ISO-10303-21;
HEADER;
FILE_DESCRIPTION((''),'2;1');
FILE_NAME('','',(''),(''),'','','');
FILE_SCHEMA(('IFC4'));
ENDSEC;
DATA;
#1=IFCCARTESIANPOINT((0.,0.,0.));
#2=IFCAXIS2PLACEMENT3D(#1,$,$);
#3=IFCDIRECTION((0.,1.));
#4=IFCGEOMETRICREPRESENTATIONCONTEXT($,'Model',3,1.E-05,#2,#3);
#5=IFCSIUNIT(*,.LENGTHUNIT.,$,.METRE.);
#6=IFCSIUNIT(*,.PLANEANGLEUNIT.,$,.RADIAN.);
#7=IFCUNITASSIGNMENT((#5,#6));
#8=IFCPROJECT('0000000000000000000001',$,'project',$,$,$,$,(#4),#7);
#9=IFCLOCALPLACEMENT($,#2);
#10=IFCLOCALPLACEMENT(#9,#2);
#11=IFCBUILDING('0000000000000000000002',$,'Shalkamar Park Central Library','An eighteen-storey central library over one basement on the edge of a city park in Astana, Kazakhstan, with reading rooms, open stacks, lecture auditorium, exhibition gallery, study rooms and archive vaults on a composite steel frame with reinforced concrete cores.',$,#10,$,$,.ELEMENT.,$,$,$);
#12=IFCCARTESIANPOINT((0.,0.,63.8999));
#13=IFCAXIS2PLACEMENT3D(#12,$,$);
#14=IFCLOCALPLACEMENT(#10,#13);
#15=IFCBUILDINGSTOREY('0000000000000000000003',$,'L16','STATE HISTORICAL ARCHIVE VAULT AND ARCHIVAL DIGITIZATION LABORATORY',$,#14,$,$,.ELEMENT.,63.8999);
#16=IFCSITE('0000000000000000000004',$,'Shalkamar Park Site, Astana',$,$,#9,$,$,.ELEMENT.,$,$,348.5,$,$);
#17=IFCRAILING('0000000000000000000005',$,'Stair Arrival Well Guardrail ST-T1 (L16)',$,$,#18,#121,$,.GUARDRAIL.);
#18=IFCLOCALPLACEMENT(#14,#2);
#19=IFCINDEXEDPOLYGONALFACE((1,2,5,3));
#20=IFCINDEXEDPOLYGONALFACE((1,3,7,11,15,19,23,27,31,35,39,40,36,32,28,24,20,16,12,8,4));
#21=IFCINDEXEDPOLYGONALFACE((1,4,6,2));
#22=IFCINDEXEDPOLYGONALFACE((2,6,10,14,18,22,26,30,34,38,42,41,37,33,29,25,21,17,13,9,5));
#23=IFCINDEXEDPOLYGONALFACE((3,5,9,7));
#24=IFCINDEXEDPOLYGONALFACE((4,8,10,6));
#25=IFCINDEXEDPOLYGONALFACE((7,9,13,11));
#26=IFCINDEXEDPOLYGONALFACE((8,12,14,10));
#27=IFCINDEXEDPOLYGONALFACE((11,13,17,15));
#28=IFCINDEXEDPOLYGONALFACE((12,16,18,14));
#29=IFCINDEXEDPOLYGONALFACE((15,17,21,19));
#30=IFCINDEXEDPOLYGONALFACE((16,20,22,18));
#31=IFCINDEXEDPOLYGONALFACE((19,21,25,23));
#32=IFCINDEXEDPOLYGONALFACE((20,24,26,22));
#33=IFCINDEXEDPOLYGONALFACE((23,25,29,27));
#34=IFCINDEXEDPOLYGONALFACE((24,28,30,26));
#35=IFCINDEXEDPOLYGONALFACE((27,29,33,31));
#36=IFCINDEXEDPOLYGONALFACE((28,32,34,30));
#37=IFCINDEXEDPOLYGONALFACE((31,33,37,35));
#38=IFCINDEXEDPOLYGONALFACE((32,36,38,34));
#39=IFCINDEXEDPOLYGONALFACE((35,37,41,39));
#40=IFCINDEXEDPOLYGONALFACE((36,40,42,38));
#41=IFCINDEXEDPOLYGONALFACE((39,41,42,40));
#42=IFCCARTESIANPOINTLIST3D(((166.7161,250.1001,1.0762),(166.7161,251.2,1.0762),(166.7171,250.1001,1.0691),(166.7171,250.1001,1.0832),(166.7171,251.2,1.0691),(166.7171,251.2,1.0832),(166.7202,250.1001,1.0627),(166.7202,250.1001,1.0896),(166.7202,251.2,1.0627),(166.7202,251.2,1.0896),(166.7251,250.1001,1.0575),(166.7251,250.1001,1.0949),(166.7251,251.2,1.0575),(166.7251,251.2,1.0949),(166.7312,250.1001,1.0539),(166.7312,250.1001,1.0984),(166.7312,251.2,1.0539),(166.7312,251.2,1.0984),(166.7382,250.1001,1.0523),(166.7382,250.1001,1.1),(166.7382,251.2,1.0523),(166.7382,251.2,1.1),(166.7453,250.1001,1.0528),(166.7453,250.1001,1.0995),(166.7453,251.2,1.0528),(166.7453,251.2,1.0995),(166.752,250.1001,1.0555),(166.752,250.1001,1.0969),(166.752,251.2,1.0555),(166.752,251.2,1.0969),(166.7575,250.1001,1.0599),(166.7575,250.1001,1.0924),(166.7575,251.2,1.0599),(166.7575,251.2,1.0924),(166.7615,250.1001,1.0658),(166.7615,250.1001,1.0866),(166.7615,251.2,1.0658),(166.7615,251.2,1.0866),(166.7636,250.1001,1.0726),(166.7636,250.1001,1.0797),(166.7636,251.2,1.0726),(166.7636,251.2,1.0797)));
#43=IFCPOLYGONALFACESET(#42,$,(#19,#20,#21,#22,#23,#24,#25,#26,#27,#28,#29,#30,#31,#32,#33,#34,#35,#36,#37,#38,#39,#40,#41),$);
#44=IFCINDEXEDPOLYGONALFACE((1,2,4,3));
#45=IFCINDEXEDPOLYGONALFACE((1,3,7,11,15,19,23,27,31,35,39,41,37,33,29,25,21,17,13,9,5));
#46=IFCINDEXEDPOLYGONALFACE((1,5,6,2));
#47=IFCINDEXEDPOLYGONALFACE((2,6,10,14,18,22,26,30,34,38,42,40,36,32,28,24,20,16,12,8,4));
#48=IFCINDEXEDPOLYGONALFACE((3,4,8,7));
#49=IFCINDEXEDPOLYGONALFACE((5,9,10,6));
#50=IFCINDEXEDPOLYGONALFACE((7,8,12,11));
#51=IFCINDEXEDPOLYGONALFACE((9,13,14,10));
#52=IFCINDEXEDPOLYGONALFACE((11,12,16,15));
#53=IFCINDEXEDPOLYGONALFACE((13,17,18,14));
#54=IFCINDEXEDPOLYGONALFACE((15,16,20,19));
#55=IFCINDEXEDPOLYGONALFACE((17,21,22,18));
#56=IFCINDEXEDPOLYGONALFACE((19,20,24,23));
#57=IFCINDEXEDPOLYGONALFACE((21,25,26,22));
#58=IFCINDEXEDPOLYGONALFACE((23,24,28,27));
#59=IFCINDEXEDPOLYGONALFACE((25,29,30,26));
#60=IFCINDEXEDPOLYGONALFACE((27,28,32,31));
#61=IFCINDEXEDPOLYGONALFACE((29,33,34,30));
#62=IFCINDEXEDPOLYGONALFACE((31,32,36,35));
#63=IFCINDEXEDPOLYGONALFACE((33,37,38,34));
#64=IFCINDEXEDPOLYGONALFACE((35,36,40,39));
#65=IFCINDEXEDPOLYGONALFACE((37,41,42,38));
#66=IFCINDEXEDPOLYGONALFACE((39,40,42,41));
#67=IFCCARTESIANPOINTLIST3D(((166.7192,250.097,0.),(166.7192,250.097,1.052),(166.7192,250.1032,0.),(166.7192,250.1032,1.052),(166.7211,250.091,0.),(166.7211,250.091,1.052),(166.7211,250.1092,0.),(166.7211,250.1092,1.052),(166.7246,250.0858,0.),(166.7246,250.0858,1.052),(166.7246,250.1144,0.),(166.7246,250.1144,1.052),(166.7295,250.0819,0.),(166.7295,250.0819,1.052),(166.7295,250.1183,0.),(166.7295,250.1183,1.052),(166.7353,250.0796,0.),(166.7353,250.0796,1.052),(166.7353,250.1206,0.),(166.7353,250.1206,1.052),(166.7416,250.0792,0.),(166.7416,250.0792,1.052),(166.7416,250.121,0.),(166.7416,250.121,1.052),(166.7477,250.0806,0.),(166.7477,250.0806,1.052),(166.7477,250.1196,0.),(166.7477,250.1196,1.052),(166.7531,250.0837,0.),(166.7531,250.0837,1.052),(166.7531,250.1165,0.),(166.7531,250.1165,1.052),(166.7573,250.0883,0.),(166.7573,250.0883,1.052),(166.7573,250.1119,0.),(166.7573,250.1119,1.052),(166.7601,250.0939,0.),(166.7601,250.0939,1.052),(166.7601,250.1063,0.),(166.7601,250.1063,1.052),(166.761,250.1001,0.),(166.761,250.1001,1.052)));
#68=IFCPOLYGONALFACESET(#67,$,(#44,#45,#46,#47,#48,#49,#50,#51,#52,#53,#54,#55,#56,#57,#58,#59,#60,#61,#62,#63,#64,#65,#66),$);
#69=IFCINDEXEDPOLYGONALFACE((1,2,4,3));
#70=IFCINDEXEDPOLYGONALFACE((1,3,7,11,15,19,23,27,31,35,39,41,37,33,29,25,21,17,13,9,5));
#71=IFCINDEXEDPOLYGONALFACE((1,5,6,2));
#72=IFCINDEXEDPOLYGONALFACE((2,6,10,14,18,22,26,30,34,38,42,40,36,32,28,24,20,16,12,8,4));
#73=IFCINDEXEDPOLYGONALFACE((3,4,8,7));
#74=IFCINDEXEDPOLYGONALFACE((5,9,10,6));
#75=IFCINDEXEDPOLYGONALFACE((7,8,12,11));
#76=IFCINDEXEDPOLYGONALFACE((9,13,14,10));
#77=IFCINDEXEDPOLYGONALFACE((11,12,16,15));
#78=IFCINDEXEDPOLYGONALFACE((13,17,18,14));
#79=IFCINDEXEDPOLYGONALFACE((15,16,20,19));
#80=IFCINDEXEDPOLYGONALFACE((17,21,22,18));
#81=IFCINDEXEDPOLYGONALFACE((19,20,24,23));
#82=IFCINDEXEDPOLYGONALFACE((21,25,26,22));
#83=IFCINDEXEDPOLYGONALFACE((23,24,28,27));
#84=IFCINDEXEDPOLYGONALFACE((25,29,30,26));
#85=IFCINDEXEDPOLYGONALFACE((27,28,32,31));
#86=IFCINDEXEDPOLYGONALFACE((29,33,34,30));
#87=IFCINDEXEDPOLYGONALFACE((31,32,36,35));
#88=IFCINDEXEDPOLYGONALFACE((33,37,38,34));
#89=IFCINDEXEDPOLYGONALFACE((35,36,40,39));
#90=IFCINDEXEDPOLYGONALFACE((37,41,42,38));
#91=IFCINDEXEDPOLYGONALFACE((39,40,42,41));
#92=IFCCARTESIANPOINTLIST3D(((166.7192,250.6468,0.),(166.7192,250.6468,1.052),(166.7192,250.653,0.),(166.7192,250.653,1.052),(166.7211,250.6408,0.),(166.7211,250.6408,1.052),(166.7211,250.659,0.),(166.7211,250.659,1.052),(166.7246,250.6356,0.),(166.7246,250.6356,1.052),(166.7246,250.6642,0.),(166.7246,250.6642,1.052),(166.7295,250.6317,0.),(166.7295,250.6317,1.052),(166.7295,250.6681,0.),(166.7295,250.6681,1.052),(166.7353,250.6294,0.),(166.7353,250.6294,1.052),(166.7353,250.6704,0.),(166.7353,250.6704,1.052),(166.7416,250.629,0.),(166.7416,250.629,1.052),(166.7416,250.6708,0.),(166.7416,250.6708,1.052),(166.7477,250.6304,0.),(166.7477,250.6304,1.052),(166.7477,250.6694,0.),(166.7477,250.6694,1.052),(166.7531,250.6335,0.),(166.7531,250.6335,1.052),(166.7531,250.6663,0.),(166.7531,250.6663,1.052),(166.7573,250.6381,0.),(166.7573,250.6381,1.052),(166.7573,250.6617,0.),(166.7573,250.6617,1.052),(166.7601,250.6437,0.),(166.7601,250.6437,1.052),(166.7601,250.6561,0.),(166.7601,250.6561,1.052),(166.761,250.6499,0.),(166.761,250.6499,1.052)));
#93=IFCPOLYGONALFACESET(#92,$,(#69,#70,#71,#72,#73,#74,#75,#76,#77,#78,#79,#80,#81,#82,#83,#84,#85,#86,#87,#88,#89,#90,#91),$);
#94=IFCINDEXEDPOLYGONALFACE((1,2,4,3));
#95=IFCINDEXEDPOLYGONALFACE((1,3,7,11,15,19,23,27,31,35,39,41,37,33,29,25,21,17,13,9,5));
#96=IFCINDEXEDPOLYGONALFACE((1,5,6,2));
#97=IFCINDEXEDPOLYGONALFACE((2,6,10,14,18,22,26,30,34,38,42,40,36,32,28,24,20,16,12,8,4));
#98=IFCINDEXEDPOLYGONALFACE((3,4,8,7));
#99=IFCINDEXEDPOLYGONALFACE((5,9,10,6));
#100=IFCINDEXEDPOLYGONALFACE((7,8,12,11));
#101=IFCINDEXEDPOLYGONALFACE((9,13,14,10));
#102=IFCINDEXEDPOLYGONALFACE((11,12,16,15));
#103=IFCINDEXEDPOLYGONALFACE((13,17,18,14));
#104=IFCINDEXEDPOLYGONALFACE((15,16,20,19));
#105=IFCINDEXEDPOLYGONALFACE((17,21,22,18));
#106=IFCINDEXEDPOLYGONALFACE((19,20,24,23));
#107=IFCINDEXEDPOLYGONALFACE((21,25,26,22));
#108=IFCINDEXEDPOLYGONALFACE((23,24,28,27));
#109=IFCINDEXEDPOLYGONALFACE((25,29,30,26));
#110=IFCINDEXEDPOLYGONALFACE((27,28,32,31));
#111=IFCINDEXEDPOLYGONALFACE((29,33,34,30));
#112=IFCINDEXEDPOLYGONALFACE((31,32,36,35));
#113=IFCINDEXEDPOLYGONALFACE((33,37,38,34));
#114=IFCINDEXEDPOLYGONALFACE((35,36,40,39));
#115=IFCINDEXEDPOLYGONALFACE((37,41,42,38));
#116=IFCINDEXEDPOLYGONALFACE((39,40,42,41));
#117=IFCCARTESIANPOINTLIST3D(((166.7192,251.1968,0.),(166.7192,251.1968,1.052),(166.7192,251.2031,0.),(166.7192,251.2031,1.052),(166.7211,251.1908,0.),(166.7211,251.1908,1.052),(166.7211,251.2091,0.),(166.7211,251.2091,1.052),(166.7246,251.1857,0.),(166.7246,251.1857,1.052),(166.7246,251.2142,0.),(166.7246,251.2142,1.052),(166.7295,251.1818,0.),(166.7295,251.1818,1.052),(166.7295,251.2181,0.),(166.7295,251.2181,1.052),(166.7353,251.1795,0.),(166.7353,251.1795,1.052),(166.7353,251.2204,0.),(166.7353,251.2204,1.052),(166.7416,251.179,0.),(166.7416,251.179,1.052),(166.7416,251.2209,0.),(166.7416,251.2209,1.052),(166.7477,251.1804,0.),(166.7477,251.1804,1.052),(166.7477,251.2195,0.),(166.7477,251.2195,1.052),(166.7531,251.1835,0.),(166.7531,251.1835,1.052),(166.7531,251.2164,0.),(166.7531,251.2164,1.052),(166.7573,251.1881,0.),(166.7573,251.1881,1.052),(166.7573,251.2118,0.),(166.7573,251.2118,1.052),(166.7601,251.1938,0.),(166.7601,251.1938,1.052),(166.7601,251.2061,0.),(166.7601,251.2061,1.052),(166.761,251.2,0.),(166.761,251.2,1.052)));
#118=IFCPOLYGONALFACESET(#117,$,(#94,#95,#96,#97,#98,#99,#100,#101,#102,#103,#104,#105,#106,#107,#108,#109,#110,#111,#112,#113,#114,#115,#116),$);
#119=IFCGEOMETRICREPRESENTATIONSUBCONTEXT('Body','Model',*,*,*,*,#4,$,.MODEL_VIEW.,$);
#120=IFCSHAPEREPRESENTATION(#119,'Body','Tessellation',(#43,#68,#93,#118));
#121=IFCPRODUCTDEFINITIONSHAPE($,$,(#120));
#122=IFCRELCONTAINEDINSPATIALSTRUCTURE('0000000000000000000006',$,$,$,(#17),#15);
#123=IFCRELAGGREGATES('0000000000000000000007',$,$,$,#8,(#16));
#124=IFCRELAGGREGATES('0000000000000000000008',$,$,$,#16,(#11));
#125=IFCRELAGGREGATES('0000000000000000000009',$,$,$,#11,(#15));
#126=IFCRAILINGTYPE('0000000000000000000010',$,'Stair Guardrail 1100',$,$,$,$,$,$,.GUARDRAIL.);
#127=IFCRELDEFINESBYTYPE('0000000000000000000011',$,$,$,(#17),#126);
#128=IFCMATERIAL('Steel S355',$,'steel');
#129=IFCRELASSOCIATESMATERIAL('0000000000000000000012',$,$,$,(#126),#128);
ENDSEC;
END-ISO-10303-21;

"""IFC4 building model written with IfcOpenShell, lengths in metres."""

from ifc_helpers import new_model, si_unit, direction, frame, origin, origin_2d, place, context, subcontext, project, spatial, circle, extrude, material, type_object, element, save


model = new_model("IFC4")

# Units and contexts
model_context = context("Model", 3, precision=1e-05, world=origin(), true_north=direction((0.0, 1.0)))
body_context = subcontext(model_context, "Body", "Model", "MODEL_VIEW")
ifc_project = project(units=[si_unit("LENGTHUNIT", "METRE"), si_unit("PLANEANGLEUNIT", "RADIAN")], contexts=[model_context])

# Site, building, storey
site_placement = place(None, origin())
site = spatial("IfcSite", under=ifc_project, at=site_placement, Name="Shalkamar Park Site, Astana", CompositionType="ELEMENT", RefElevation=348.5)
building_placement = place(site_placement, origin())
building = spatial("IfcBuilding", under=site, at=building_placement, Name="Shalkamar Park Central Library", Description="An eighteen-storey central library over one basement on the edge of a city park in Astana, Kazakhstan, with reading rooms, open stacks, lecture auditorium, exhibition gallery, study rooms and archive vaults on a composite steel frame with reinforced concrete cores.", CompositionType="ELEMENT")
storey_placement = place(building_placement, frame((0.0, 0.0, 63.8999)))
storey = spatial("IfcBuildingStorey", under=building, at=storey_placement, Name="L16", Description="STATE HISTORICAL ARCHIVE VAULT AND ARCHIVAL DIGITIZATION LABORATORY", CompositionType="ELEMENT", Elevation=63.8999)

# Shared definitions
ifc_material_1 = material(Name="Steel S355", Category="steel")

# Railing
railing_type_1 = type_object("IfcRailingType", Name="Stair Guardrail 1100", PredefinedType="GUARDRAIL", material=ifc_material_1)
railing_1_placement = place(storey_placement, frame((166.74, 250.1001, 0.0)))
element("IfcRailing", 1, at=railing_1_placement, inside=storey, type_object=railing_type_1, Name="Stair Arrival Well Guardrail ST-T1 (L16)", PredefinedType="GUARDRAIL", context=body_context, shape_type="SweptSolid", body=[
    extrude(circle(Radius=0.0239, at=origin_2d()), frame((0.0, 0.0, 1.0762), z_axis=(0.0, 1.0, 0.0), x_axis=(-1.0, 0.0, 0.0)), (0.0, 0.0, 1.0), 1.0999),
    extrude(circle(Radius=0.021, at=origin_2d()), origin(), (0.0, 0.0, 1.0), 1.052),
    extrude(circle(Radius=0.021, at=origin_2d()), frame((0.0, 0.5498, 0.0)), (0.0, 0.0, 1.0), 1.052),
    extrude(circle(Radius=0.021, at=origin_2d()), frame((0.0, 1.0999, 0.0)), (0.0, 0.0, 1.0), 1.052),
])

save(model, "model.ifc")
